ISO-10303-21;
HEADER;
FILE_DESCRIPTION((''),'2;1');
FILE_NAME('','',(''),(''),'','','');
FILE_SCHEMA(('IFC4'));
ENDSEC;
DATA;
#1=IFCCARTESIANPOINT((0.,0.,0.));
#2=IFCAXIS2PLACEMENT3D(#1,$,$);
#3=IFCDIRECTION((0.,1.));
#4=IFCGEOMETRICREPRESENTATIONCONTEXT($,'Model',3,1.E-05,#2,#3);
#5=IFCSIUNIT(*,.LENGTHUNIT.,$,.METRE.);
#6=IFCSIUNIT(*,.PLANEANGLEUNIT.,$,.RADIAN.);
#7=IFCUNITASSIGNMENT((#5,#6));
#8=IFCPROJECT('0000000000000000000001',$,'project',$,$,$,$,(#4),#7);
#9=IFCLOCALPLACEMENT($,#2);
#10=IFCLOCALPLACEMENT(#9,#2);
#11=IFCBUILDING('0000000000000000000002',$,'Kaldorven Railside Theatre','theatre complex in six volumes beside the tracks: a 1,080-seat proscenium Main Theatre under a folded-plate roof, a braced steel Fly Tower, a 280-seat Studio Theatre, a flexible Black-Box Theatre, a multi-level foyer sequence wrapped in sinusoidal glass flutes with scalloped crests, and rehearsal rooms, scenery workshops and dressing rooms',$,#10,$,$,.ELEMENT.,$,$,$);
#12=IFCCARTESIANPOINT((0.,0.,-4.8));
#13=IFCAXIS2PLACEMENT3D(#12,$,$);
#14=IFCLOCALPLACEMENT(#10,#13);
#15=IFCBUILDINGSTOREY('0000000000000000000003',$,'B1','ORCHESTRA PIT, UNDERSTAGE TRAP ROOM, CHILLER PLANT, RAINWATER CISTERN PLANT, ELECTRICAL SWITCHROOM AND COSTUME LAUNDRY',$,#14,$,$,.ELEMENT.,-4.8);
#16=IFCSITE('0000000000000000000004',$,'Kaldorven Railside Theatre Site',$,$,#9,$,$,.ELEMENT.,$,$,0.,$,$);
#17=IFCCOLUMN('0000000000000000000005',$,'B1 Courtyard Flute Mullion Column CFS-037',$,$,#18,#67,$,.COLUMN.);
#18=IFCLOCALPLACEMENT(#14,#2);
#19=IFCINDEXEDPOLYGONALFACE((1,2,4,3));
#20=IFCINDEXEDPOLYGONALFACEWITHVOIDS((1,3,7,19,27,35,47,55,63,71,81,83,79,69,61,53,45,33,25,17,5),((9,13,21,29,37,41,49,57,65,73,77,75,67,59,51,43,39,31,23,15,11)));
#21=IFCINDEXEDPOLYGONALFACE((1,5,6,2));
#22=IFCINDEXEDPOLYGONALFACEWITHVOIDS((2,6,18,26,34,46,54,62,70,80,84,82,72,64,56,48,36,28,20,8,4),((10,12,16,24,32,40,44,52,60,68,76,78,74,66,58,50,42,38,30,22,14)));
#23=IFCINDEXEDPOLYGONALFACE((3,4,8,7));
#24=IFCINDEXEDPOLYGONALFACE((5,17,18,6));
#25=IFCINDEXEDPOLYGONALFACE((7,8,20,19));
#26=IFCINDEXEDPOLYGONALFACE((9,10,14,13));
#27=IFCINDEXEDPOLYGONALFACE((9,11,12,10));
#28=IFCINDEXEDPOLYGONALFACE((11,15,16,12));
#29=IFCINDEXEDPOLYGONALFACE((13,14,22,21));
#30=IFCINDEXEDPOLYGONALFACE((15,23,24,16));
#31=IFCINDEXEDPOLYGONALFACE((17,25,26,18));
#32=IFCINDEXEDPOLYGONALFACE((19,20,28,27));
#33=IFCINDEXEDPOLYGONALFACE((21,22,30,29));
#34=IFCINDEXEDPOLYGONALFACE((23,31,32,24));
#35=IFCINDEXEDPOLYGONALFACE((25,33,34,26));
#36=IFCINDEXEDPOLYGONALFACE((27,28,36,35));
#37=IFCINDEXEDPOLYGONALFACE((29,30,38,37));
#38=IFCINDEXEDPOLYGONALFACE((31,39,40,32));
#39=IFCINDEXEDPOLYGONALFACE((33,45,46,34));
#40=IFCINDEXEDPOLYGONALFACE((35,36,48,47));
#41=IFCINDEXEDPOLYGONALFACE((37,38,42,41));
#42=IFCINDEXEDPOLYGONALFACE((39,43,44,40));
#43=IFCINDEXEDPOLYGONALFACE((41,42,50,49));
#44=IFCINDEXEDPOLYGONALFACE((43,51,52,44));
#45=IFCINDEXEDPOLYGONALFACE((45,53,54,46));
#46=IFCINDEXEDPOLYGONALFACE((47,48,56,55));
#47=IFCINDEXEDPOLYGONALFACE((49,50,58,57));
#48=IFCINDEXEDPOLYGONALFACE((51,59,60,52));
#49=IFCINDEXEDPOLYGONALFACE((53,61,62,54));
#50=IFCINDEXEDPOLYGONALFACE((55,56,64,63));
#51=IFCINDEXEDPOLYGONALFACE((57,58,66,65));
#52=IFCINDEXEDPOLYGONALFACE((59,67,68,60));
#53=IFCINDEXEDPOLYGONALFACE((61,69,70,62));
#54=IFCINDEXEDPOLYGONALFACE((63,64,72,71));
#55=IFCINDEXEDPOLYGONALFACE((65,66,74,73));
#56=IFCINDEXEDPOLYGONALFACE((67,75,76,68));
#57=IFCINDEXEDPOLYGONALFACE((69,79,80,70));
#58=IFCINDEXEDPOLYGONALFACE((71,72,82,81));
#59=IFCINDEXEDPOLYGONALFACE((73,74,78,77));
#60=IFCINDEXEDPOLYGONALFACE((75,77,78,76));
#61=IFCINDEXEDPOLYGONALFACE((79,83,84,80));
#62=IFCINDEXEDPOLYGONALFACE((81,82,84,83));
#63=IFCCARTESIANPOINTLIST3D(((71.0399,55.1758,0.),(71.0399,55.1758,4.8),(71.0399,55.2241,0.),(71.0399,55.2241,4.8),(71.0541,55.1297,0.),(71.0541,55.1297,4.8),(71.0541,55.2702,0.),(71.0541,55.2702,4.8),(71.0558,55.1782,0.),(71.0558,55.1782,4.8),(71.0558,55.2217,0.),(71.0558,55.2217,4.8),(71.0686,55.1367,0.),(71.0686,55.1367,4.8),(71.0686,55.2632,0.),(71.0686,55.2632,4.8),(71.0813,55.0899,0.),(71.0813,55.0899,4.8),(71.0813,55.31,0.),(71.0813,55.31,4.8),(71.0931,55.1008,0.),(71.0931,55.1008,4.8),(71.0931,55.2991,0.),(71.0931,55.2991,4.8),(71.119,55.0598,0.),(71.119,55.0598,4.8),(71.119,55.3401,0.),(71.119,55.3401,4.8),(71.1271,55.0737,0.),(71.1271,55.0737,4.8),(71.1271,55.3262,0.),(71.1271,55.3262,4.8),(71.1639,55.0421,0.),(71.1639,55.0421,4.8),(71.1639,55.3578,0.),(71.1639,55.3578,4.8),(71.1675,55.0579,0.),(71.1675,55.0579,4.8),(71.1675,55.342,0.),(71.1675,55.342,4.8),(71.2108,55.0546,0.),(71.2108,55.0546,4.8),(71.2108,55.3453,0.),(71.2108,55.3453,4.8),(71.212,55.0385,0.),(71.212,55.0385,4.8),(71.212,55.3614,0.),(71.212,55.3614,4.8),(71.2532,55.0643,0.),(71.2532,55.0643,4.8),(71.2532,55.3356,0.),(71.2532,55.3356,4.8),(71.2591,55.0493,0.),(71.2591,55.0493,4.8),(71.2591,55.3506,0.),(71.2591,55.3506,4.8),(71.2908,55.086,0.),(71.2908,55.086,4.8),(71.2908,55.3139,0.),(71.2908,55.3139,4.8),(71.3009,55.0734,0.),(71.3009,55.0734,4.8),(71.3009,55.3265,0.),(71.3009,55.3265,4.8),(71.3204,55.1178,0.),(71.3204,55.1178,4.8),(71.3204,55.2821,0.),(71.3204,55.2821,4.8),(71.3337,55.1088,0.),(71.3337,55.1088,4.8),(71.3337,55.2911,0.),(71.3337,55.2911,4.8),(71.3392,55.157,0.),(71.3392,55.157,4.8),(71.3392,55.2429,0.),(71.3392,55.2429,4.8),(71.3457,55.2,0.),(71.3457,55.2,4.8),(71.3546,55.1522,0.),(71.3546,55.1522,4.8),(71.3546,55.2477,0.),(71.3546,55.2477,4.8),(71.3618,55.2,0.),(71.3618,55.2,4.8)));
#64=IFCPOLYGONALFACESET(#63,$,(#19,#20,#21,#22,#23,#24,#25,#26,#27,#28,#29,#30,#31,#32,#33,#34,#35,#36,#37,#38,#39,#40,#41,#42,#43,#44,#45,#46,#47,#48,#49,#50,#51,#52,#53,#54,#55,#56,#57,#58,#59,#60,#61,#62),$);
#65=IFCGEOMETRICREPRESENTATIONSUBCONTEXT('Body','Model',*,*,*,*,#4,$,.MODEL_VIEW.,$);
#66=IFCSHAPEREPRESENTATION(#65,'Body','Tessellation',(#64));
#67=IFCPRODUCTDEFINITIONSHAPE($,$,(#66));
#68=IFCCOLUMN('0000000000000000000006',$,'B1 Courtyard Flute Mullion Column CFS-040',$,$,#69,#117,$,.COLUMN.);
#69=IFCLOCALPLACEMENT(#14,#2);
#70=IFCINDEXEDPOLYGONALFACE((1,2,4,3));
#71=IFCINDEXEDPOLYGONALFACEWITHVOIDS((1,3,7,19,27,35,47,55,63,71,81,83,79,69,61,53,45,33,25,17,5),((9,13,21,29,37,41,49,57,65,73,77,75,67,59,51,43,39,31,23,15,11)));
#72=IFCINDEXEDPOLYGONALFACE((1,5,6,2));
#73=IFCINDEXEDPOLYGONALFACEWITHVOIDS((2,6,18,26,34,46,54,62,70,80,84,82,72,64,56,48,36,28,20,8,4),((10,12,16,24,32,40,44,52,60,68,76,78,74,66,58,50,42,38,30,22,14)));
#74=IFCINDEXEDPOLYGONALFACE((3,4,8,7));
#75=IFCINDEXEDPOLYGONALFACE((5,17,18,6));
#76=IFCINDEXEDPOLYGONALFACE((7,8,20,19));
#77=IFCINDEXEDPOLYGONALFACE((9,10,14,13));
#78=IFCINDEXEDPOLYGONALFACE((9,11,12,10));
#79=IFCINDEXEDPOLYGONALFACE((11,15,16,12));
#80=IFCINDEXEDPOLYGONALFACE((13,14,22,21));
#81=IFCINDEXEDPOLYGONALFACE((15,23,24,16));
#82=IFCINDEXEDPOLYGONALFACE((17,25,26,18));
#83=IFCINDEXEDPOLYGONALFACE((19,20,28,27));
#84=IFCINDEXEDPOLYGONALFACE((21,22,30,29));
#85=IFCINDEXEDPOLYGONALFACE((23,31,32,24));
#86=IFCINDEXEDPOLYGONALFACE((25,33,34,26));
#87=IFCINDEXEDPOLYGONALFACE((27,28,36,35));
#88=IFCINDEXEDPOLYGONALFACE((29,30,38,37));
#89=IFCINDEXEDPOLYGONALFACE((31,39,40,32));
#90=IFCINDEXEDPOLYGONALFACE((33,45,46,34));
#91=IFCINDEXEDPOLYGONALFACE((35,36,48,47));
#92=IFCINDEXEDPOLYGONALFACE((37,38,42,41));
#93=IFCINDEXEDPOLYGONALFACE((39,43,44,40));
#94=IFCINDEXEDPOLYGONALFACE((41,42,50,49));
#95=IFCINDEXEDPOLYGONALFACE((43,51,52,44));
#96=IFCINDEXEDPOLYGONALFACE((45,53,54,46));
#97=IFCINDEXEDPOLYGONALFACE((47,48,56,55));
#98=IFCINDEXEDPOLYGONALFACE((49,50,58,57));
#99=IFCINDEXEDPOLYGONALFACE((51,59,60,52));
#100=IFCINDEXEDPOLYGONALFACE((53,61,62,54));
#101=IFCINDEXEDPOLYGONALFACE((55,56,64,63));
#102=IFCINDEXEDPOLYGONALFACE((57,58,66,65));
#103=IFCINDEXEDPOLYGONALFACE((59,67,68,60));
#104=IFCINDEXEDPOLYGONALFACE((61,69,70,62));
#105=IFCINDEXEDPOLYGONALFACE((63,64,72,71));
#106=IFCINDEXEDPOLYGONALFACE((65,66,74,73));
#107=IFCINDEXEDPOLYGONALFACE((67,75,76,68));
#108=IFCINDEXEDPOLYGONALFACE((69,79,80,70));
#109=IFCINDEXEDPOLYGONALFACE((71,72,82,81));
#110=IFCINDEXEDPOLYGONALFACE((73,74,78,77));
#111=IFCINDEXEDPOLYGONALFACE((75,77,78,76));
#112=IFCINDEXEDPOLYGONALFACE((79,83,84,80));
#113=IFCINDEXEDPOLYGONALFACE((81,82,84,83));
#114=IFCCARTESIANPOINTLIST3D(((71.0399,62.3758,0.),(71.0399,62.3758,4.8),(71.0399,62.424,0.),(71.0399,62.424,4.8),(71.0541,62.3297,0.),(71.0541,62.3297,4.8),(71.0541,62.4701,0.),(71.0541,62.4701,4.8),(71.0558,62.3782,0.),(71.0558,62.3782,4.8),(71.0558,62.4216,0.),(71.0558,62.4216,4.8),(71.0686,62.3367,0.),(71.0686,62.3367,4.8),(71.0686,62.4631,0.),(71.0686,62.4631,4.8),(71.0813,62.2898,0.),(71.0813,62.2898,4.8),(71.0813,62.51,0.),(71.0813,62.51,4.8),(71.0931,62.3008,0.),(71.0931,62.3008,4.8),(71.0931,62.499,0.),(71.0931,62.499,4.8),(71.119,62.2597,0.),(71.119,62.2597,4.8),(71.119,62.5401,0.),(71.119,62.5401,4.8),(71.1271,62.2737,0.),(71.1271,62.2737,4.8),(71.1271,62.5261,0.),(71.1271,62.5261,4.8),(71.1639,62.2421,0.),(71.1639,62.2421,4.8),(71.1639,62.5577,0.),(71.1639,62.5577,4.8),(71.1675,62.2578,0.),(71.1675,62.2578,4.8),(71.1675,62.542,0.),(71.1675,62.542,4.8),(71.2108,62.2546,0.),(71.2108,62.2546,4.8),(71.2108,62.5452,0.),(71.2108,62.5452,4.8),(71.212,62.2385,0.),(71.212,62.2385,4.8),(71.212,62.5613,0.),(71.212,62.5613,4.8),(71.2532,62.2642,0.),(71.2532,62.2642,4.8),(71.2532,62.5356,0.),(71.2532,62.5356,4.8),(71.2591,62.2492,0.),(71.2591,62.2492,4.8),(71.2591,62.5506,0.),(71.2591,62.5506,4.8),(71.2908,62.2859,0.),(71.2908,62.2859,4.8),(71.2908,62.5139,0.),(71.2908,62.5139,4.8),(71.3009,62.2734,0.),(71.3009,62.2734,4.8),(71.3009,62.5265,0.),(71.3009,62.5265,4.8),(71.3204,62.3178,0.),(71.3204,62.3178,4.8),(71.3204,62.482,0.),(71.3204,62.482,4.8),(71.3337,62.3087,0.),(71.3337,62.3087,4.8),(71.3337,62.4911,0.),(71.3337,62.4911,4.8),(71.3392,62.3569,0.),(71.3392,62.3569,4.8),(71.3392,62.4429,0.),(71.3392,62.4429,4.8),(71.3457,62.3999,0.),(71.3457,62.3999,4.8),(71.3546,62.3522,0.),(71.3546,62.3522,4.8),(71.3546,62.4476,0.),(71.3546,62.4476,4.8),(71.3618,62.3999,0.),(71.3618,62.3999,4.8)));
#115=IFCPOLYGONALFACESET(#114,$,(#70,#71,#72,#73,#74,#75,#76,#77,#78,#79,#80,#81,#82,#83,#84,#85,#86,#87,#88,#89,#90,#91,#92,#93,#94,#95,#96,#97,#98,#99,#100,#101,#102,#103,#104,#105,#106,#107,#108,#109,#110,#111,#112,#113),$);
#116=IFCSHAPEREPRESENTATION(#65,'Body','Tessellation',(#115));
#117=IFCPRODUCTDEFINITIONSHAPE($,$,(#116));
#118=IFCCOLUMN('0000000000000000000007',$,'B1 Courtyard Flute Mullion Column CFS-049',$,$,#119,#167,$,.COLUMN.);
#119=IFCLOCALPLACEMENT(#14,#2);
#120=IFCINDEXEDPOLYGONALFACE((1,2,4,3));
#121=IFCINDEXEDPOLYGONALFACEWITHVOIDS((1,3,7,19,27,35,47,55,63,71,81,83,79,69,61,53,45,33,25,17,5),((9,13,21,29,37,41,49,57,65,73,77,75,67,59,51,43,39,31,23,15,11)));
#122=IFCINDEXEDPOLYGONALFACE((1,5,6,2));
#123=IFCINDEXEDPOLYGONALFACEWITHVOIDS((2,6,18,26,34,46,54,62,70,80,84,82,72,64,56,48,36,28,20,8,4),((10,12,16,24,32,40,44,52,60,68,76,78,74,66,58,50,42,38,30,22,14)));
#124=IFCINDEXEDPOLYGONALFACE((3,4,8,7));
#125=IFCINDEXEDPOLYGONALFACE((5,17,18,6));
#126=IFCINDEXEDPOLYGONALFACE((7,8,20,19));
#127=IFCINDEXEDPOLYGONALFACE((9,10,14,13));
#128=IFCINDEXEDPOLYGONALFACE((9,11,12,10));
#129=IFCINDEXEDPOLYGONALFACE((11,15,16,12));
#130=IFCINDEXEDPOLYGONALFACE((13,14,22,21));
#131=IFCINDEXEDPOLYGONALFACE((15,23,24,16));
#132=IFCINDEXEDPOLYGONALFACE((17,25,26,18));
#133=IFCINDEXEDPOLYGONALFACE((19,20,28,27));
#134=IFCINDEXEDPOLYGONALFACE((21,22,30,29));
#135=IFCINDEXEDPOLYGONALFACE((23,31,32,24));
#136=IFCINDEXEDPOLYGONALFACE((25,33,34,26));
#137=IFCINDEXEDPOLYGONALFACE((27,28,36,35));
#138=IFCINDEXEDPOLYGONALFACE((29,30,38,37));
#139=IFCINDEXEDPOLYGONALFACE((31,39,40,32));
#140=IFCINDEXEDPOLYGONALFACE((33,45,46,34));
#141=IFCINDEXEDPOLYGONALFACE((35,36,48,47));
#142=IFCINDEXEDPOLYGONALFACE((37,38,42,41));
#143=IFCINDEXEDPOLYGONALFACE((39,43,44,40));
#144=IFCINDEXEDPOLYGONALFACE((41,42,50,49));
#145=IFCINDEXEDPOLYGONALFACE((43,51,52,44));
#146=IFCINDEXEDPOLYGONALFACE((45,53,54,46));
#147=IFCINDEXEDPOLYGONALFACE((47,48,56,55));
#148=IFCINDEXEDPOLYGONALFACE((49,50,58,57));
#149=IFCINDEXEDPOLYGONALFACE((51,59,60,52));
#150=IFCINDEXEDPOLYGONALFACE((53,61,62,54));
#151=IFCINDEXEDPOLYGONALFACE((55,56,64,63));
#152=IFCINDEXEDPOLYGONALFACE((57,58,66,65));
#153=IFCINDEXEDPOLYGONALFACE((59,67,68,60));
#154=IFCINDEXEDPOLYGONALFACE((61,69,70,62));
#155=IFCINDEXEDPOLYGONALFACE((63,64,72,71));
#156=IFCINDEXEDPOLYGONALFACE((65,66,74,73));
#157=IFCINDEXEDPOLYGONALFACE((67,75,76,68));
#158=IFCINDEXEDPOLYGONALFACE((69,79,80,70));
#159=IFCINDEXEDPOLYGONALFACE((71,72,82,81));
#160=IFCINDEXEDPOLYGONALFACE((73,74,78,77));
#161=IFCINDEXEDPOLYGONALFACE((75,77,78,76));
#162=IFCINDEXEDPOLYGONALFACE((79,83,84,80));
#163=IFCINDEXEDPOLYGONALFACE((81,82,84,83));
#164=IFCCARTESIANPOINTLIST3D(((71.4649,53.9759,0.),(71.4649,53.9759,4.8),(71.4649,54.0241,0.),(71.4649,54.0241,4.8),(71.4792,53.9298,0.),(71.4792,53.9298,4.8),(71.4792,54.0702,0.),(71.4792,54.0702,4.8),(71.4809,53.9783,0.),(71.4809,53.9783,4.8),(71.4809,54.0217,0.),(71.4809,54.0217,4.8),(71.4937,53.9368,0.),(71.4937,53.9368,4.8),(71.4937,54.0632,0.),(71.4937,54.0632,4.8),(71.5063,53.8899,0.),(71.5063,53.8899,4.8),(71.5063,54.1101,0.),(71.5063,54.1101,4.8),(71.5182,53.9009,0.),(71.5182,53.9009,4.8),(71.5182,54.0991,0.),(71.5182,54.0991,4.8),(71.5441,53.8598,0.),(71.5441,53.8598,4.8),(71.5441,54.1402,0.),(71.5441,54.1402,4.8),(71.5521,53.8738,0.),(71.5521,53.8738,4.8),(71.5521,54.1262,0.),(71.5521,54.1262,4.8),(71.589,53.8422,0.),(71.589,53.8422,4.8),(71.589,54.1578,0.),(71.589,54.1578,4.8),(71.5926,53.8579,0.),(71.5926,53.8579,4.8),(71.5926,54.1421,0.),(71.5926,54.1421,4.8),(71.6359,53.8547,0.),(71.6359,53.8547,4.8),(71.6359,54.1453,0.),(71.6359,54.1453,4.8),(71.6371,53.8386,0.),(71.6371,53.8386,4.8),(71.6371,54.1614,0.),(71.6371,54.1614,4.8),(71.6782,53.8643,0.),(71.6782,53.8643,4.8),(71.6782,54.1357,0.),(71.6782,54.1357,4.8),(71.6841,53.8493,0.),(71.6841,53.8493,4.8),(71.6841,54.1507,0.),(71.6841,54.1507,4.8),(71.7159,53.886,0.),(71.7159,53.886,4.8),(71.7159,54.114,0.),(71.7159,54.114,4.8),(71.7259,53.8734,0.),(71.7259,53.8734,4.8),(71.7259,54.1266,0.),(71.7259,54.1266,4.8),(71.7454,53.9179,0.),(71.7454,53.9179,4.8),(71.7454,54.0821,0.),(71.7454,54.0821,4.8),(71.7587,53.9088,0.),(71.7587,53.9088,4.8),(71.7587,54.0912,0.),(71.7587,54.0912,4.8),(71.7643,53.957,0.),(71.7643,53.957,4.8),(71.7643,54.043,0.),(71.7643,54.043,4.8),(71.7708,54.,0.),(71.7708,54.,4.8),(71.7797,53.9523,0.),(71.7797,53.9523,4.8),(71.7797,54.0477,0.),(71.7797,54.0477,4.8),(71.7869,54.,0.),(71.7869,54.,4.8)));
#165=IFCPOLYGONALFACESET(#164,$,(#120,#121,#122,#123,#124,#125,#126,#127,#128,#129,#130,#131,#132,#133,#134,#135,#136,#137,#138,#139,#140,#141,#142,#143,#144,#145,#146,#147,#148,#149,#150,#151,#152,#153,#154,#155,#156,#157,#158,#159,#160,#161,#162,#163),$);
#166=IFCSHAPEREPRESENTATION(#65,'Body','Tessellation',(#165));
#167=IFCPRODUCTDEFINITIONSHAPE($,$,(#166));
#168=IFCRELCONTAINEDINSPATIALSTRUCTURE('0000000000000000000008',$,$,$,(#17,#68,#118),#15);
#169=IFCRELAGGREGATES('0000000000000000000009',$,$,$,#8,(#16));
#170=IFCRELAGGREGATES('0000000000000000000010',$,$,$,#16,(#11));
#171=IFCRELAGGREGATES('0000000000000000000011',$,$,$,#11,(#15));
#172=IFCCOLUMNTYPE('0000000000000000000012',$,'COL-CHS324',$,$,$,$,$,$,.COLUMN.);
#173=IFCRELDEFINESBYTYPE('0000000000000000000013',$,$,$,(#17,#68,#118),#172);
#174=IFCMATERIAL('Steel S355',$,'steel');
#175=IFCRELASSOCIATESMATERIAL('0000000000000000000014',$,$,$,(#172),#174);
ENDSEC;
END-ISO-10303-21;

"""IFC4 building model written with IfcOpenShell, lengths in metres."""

from ifc_helpers import new_model, si_unit, direction, frame, origin, origin_2d, place, context, subcontext, project, spatial, hollow_circle, extrude, material, material_profile, profile_set, type_object, element, save


model = new_model("IFC4")

# Units and contexts
model_context = context("Model", 3, precision=1e-05, world=origin(), true_north=direction((0.0, 1.0)))
body_context = subcontext(model_context, "Body", "Model", "MODEL_VIEW")
ifc_project = project(units=[si_unit("LENGTHUNIT", "METRE"), si_unit("PLANEANGLEUNIT", "RADIAN")], contexts=[model_context])

# Site, building, storey
site_placement = place(None, origin())
site = spatial("IfcSite", under=ifc_project, at=site_placement, Name="Kaldorven Railside Theatre Site", CompositionType="ELEMENT", RefElevation=0.0)
building_placement = place(site_placement, origin())
building = spatial("IfcBuilding", under=site, at=building_placement, Name="Kaldorven Railside Theatre", Description="theatre complex in six volumes beside the tracks: a 1,080-seat proscenium Main Theatre under a folded-plate roof, a braced steel Fly Tower, a 280-seat Studio Theatre, a flexible Black-Box Theatre, a multi-level foyer sequence wrapped in sinusoidal glass flutes with scalloped crests, and rehearsal rooms, scenery workshops and dressing rooms", CompositionType="ELEMENT")
storey_placement = place(building_placement, frame((0.0, 0.0, -4.8)))
storey = spatial("IfcBuildingStorey", under=building, at=storey_placement, Name="B1", Description="ORCHESTRA PIT, UNDERSTAGE TRAP ROOM, CHILLER PLANT, RAINWATER CISTERN PLANT, ELECTRICAL SWITCHROOM AND COSTUME LAUNDRY", CompositionType="ELEMENT", Elevation=-4.8)

# Columns
ifc_material_1 = material(Name="Steel S355", Category="steel")
ifc_material_profile_1 = material_profile(ifc_material_1, hollow_circle(Radius=0.1619, WallThickness=0.0161, at=origin_2d()), Name="CHS 323.9x16")
ifc_profile_set_1 = profile_set([ifc_material_profile_1], Name="Steel S355")
column_type_1 = type_object("IfcColumnType", Name="COL-CHS324", PredefinedType="COLUMN", material=ifc_profile_set_1)
for number, where, z_axis, x_axis, name in (
    (1, (71.2, 55.2, 0.0), (0.0, 0.0, 1.0), (1.0, 0.0, 0.0), "B1 Courtyard Flute Mullion Column CFS-037"),
    (2, (71.2, 62.3999, 0.0), (0.0, 0.0, 1.0), (1.0, 0.0, 0.0), "B1 Courtyard Flute Mullion Column CFS-040"),
    (3, (71.625, 54.0, 0.0), (0.0, 0.0, 1.0), (1.0, 0.0, 0.0), "B1 Courtyard Flute Mullion Column CFS-049"),
):
    element("IfcColumn", number, at=place(storey_placement, frame(where, z_axis=z_axis, x_axis=x_axis)), inside=storey, type_object=column_type_1, Name=name, PredefinedType="COLUMN", context=body_context, shape_type="SweptSolid", body=[
        extrude(hollow_circle(Radius=0.1619, WallThickness=0.0161, at=origin_2d()), origin(), (0.0, 0.0, 1.0), 4.8),
    ])

save(model, "model.ifc")
